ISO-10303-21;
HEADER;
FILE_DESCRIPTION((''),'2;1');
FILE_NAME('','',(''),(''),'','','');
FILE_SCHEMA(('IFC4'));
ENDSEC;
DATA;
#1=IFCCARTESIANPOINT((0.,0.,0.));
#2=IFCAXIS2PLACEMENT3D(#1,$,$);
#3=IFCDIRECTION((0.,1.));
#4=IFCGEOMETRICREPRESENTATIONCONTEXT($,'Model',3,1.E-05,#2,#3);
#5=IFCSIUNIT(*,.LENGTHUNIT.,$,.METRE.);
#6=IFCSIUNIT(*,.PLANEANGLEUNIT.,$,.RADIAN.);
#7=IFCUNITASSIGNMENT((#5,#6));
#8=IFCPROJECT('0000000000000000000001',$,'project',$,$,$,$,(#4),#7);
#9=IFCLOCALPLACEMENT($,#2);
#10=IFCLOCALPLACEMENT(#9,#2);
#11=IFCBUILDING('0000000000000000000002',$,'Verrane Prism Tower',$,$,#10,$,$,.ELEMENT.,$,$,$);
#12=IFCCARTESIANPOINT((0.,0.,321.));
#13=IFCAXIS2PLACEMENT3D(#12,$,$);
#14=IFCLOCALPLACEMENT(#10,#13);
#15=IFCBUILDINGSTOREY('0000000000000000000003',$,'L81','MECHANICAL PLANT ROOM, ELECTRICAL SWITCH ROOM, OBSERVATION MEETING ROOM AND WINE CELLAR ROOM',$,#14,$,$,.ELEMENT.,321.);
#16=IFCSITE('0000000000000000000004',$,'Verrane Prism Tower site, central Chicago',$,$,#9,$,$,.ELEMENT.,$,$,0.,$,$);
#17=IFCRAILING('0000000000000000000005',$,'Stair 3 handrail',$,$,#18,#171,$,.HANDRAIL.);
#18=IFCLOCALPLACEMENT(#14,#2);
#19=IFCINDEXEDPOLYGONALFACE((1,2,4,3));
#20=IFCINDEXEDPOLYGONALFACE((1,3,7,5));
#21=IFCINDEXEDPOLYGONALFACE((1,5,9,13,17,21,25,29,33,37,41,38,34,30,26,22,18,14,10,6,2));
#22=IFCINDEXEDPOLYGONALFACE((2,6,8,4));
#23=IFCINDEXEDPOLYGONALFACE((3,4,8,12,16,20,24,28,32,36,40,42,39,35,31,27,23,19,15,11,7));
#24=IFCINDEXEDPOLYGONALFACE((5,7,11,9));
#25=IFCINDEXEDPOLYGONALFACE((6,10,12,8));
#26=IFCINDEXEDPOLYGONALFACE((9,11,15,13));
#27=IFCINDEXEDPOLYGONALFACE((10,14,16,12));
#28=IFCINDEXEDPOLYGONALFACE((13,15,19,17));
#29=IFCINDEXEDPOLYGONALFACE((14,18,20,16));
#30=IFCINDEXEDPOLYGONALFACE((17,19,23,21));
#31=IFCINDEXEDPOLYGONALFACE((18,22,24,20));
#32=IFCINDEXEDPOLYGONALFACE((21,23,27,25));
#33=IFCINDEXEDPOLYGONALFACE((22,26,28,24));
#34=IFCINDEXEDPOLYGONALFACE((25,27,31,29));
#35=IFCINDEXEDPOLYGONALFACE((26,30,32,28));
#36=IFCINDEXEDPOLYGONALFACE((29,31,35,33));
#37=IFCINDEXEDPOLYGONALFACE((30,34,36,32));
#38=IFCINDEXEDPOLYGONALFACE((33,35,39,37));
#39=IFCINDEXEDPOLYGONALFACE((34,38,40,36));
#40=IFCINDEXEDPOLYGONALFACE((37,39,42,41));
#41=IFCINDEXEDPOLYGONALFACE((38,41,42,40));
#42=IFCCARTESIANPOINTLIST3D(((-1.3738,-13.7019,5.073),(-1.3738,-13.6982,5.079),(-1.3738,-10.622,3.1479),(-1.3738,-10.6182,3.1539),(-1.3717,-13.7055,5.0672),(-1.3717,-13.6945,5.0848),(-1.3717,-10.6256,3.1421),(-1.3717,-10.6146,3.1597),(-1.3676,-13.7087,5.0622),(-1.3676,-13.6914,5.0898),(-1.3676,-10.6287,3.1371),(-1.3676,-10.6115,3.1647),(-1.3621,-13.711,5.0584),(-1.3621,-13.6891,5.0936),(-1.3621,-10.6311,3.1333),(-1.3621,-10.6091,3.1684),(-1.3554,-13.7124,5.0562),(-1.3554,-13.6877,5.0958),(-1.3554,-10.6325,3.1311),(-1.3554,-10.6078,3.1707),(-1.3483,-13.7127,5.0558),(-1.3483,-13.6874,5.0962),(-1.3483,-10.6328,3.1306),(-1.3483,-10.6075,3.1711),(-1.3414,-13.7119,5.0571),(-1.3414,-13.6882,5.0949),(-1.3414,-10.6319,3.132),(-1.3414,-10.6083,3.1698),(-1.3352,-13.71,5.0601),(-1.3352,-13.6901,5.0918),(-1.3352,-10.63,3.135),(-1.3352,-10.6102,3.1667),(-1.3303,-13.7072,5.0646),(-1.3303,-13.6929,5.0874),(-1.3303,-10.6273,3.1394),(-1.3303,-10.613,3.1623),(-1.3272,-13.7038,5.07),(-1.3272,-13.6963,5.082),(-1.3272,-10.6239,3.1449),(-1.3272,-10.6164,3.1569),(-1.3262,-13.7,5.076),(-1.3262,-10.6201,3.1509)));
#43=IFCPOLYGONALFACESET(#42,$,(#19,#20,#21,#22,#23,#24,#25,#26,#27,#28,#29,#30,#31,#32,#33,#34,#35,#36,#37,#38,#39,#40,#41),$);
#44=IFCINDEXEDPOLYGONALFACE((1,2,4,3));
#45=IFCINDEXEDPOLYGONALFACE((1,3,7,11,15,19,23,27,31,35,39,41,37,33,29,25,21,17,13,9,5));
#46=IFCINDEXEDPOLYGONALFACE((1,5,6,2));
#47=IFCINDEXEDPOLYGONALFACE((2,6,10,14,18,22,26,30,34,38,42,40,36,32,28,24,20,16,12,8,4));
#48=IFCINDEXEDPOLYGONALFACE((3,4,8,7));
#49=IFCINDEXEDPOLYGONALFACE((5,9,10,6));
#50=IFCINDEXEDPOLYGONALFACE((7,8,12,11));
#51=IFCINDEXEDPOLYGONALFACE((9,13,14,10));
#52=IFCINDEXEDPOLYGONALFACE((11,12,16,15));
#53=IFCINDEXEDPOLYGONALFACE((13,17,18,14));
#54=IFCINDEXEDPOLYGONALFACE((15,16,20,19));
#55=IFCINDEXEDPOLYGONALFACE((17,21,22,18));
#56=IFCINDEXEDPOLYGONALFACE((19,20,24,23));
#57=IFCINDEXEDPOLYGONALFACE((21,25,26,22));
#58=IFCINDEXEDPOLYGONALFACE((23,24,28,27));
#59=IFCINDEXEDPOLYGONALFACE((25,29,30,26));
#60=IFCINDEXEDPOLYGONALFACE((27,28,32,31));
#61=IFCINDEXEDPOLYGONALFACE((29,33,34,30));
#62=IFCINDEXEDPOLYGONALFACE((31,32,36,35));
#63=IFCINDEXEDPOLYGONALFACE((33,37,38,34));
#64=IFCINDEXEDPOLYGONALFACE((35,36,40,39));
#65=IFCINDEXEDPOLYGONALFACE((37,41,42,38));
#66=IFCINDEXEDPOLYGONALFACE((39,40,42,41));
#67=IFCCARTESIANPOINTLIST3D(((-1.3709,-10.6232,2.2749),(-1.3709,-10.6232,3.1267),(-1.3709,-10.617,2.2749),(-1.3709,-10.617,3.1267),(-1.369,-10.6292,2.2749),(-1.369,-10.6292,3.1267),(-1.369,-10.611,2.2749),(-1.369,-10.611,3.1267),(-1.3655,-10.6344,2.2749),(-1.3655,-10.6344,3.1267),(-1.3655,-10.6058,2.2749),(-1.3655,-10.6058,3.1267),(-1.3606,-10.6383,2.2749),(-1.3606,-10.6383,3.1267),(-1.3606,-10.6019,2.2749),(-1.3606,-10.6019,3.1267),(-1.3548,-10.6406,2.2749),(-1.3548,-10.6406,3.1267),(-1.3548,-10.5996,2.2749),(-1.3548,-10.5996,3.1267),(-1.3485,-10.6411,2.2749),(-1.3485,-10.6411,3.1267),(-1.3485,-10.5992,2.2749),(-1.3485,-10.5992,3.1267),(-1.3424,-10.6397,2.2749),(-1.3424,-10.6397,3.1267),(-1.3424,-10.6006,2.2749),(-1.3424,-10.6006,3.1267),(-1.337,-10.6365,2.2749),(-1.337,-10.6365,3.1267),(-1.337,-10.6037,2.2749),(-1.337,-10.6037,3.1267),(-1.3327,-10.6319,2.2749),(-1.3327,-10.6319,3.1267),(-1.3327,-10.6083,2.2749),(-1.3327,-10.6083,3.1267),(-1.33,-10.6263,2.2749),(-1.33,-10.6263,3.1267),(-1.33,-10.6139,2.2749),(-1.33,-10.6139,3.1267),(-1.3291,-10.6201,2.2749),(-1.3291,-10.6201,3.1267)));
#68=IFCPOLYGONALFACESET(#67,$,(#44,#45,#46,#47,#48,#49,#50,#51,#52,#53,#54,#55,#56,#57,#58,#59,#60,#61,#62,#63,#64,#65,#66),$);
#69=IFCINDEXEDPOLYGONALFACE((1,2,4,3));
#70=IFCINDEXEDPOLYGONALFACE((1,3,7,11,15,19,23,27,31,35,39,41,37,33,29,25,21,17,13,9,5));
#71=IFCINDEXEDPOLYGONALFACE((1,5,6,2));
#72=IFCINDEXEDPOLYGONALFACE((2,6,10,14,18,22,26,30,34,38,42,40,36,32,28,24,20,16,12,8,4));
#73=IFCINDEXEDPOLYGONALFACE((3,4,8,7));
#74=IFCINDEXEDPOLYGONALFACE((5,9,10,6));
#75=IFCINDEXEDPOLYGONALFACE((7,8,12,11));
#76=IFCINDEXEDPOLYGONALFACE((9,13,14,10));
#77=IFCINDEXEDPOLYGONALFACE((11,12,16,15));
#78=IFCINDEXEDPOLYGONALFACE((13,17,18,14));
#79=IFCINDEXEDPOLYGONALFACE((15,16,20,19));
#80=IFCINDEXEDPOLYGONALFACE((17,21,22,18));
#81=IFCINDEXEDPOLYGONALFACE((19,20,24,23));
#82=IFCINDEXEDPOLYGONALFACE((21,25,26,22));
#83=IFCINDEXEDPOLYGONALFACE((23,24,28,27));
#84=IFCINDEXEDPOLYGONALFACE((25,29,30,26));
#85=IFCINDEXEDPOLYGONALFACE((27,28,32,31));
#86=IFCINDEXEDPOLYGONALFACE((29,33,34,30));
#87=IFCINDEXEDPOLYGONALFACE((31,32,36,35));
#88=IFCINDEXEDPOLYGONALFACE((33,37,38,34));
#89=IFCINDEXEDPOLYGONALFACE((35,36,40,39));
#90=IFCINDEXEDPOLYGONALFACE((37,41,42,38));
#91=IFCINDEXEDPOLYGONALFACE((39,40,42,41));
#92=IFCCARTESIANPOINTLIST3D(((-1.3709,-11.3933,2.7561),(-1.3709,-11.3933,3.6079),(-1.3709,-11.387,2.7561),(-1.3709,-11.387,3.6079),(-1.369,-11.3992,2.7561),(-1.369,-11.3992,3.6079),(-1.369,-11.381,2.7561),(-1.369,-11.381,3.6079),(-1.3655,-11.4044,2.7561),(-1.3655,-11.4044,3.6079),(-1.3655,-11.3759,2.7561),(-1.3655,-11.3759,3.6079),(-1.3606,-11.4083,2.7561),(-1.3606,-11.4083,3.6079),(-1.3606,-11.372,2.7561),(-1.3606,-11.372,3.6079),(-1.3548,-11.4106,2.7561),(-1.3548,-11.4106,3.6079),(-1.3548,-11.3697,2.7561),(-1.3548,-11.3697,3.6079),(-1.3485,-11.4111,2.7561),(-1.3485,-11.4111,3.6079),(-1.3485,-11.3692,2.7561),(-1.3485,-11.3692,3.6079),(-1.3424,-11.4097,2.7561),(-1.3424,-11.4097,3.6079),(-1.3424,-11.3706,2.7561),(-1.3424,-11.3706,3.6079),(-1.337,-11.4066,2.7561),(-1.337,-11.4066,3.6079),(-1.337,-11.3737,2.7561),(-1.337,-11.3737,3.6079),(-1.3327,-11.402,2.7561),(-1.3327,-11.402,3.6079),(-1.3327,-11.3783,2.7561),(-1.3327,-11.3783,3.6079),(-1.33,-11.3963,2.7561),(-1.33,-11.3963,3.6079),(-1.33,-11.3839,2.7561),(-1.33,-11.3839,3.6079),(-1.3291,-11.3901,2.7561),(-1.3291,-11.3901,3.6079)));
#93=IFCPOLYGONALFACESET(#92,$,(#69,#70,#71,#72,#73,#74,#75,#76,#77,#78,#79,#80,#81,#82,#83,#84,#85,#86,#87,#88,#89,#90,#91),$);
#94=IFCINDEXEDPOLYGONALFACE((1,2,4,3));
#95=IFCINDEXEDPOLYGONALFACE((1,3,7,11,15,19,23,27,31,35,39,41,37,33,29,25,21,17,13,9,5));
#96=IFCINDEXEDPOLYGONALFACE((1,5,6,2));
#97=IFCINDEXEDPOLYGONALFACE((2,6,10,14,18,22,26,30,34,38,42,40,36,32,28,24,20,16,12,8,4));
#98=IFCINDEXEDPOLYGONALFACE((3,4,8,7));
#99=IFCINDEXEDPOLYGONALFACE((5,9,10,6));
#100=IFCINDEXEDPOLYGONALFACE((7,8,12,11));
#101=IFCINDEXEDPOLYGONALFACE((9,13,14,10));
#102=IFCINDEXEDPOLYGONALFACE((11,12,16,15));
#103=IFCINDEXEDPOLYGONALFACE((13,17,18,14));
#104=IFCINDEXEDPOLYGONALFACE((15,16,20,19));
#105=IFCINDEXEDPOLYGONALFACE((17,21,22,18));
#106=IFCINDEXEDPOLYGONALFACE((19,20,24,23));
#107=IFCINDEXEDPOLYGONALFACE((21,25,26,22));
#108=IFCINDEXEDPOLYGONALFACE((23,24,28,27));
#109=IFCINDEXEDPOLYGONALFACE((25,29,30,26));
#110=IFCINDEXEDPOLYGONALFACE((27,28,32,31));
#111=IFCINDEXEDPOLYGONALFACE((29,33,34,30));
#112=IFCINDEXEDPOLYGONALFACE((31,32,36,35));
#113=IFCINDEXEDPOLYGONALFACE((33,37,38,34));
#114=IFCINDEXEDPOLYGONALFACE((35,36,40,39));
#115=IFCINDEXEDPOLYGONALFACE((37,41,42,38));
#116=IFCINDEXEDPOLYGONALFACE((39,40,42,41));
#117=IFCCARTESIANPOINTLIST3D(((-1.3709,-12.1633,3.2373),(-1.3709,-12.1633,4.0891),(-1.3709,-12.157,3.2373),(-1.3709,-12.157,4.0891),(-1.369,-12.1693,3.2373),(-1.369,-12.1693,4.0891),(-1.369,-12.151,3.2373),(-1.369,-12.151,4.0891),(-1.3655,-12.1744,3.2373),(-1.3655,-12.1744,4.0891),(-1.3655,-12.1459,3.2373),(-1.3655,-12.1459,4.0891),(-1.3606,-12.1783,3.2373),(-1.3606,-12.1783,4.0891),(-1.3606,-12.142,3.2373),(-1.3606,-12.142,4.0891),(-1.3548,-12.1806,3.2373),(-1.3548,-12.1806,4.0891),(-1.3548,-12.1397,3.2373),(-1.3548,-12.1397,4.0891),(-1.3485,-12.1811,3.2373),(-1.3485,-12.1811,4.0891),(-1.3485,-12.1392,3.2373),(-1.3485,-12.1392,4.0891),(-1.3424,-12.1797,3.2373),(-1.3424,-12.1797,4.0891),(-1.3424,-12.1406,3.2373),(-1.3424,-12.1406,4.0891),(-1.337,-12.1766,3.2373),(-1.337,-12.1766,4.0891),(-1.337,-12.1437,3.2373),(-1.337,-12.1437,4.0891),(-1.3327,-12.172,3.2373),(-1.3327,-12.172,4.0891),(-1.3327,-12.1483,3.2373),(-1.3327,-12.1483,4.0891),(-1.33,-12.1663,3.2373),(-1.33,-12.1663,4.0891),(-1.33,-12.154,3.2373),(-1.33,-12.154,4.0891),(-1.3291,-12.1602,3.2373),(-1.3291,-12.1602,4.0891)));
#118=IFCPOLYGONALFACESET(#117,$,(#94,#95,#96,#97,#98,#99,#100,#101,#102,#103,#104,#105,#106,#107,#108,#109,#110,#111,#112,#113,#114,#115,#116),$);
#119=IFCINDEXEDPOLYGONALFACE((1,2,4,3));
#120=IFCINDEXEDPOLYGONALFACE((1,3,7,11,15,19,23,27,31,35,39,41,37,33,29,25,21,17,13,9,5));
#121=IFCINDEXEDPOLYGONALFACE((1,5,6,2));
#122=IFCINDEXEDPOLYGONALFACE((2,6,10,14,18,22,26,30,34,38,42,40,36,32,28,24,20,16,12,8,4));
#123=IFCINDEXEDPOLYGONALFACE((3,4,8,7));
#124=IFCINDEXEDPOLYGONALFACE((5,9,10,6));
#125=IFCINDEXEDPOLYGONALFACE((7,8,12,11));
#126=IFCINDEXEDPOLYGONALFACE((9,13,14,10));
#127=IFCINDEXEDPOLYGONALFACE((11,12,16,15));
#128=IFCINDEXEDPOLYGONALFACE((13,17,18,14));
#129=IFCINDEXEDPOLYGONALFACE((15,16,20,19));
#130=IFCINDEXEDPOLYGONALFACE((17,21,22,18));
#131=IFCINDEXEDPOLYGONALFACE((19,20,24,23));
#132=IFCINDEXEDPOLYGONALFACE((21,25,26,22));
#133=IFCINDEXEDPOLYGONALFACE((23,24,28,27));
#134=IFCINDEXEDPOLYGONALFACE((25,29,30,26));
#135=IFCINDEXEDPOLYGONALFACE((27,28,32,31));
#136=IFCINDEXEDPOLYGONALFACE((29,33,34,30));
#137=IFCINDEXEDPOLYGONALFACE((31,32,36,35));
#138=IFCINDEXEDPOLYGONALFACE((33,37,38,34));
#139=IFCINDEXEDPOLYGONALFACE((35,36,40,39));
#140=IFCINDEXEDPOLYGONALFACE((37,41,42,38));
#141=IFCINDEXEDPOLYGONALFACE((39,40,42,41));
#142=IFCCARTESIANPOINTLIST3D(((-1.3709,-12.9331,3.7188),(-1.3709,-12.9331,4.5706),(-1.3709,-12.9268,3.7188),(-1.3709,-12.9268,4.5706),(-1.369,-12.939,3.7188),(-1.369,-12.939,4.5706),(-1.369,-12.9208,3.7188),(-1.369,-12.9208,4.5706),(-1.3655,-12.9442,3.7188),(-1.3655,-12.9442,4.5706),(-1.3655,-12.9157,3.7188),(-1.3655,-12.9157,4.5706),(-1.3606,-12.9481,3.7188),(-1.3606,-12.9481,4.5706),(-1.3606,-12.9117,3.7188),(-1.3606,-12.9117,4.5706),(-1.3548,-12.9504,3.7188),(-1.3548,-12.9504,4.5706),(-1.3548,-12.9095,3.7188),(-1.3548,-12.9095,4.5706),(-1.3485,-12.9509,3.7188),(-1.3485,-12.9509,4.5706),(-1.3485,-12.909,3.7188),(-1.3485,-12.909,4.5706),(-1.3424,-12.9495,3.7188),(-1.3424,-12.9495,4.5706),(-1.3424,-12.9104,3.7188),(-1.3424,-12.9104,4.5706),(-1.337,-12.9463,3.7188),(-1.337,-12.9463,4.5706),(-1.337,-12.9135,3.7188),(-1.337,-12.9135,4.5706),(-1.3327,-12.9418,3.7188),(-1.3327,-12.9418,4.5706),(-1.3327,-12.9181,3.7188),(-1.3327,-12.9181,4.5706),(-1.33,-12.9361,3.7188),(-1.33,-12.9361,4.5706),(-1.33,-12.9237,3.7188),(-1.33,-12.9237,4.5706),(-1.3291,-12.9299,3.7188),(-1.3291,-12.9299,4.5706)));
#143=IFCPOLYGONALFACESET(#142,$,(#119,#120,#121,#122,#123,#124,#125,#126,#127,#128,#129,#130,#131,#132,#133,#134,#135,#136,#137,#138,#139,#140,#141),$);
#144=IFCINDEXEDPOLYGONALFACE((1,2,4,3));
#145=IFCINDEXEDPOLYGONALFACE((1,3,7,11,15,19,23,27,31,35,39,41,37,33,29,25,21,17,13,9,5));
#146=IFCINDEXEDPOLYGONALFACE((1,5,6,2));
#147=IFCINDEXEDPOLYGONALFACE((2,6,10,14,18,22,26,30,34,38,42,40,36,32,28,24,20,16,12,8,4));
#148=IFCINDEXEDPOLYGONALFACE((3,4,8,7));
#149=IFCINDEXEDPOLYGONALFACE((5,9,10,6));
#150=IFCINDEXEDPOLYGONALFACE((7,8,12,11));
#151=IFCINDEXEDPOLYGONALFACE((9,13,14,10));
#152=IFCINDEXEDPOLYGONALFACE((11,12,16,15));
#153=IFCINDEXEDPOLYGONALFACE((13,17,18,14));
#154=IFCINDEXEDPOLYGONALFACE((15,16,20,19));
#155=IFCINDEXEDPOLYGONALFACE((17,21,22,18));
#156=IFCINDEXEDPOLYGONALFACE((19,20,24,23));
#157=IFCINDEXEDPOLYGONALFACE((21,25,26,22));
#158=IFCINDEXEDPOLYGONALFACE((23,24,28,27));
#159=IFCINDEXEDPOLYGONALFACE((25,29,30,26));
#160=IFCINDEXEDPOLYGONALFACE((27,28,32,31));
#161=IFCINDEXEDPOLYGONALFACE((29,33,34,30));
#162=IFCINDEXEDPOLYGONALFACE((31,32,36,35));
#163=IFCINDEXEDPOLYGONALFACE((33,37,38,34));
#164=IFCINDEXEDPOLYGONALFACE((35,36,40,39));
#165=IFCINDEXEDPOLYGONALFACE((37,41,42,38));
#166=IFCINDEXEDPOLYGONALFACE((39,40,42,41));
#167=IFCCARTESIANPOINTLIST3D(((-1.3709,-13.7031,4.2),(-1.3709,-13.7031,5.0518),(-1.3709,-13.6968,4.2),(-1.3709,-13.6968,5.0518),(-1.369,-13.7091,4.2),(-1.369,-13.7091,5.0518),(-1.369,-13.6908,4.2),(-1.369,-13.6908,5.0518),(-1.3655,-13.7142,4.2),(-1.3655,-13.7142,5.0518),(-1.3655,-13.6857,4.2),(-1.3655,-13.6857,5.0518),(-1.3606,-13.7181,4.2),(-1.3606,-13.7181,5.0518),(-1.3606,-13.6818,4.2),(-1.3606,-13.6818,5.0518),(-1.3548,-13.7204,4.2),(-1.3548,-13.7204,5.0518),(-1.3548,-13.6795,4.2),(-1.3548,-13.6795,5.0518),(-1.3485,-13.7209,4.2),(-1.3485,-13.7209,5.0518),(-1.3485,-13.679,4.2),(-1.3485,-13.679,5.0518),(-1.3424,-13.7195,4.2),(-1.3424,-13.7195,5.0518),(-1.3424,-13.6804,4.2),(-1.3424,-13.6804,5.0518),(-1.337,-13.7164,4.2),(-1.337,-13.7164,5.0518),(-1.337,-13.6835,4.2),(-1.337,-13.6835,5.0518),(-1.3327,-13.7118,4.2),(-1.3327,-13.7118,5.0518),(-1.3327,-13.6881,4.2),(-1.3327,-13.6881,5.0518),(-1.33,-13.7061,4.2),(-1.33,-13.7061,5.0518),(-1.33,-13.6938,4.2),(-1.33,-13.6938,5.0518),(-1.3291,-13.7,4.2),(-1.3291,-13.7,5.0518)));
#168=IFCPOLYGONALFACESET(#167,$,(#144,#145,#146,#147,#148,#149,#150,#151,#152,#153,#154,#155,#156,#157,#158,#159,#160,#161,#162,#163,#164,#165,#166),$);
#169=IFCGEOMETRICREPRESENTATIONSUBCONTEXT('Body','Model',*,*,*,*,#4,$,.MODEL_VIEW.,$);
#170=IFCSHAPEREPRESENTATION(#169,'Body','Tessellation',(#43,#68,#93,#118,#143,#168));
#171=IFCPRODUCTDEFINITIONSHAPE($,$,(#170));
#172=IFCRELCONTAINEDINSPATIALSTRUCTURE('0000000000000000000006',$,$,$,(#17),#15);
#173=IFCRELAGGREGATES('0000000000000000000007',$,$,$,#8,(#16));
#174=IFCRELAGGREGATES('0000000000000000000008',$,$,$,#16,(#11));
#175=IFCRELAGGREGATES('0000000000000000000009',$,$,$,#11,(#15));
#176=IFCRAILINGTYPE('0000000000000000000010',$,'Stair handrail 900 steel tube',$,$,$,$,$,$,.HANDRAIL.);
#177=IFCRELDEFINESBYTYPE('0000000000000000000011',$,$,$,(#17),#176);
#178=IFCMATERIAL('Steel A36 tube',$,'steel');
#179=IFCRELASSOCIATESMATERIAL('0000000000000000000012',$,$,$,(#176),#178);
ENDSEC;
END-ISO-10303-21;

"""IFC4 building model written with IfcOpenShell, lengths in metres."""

from ifc_helpers import new_model, si_unit, direction, frame, origin, origin_2d, place, context, subcontext, project, spatial, circle, extrude, material, type_object, element, save


model = new_model("IFC4")

# Units and contexts
model_context = context("Model", 3, precision=1e-05, world=origin(), true_north=direction((0.0, 1.0)))
body_context = subcontext(model_context, "Body", "Model", "MODEL_VIEW")
ifc_project = project(units=[si_unit("LENGTHUNIT", "METRE"), si_unit("PLANEANGLEUNIT", "RADIAN")], contexts=[model_context])

# Site, building, storey
site_placement = place(None, origin())
site = spatial("IfcSite", under=ifc_project, at=site_placement, Name="Verrane Prism Tower site, central Chicago", CompositionType="ELEMENT", RefElevation=0.0)
building_placement = place(site_placement, origin())
building = spatial("IfcBuilding", under=site, at=building_placement, Name="Verrane Prism Tower", CompositionType="ELEMENT")
storey_placement = place(building_placement, frame((0.0, 0.0, 321.0)))
storey = spatial("IfcBuildingStorey", under=building, at=storey_placement, Name="L81", Description="MECHANICAL PLANT ROOM, ELECTRICAL SWITCH ROOM, OBSERVATION MEETING ROOM AND WINE CELLAR ROOM", CompositionType="ELEMENT", Elevation=321.0)

# Railing
ifc_material_1 = material(Name="Steel A36 tube", Category="steel")
railing_type = type_object("IfcRailingType", Name="Stair handrail 900 steel tube", PredefinedType="HANDRAIL", material=ifc_material_1)
railing_placement = place(storey_placement, frame((-1.3501, -10.6201, 2.2749)))
element("IfcRailing", 1, at=railing_placement, inside=storey, type_object=railing_type, Name="Stair 3 handrail", PredefinedType="HANDRAIL", context=body_context, shape_type="SweptSolid", body=[
    extrude(circle(Radius=0.0239, at=origin_2d()), frame((0.0, 0.0, 0.876), z_axis=(0.0, -0.847979, 0.530029), x_axis=(1.0, 0.0, 0.0)), (0.0, 0.0, 1.0), 3.6321),
    extrude(circle(Radius=0.021, at=origin_2d()), origin(), (0.0, 0.0, 1.0), 0.8518),
    extrude(circle(Radius=0.021, at=origin_2d()), frame((0.0, -0.77, 0.4812)), (0.0, 0.0, 1.0), 0.8518),
    extrude(circle(Radius=0.021, at=origin_2d()), frame((0.0, -1.54, 0.9624)), (0.0, 0.0, 1.0), 0.8518),
    extrude(circle(Radius=0.021, at=origin_2d()), frame((0.0, -2.3098, 1.4438)), (0.0, 0.0, 1.0), 0.8518),
    extrude(circle(Radius=0.021, at=origin_2d()), frame((0.0, -3.0798, 1.925)), (0.0, 0.0, 1.0), 0.8518),
])

save(model, "model.ifc")
